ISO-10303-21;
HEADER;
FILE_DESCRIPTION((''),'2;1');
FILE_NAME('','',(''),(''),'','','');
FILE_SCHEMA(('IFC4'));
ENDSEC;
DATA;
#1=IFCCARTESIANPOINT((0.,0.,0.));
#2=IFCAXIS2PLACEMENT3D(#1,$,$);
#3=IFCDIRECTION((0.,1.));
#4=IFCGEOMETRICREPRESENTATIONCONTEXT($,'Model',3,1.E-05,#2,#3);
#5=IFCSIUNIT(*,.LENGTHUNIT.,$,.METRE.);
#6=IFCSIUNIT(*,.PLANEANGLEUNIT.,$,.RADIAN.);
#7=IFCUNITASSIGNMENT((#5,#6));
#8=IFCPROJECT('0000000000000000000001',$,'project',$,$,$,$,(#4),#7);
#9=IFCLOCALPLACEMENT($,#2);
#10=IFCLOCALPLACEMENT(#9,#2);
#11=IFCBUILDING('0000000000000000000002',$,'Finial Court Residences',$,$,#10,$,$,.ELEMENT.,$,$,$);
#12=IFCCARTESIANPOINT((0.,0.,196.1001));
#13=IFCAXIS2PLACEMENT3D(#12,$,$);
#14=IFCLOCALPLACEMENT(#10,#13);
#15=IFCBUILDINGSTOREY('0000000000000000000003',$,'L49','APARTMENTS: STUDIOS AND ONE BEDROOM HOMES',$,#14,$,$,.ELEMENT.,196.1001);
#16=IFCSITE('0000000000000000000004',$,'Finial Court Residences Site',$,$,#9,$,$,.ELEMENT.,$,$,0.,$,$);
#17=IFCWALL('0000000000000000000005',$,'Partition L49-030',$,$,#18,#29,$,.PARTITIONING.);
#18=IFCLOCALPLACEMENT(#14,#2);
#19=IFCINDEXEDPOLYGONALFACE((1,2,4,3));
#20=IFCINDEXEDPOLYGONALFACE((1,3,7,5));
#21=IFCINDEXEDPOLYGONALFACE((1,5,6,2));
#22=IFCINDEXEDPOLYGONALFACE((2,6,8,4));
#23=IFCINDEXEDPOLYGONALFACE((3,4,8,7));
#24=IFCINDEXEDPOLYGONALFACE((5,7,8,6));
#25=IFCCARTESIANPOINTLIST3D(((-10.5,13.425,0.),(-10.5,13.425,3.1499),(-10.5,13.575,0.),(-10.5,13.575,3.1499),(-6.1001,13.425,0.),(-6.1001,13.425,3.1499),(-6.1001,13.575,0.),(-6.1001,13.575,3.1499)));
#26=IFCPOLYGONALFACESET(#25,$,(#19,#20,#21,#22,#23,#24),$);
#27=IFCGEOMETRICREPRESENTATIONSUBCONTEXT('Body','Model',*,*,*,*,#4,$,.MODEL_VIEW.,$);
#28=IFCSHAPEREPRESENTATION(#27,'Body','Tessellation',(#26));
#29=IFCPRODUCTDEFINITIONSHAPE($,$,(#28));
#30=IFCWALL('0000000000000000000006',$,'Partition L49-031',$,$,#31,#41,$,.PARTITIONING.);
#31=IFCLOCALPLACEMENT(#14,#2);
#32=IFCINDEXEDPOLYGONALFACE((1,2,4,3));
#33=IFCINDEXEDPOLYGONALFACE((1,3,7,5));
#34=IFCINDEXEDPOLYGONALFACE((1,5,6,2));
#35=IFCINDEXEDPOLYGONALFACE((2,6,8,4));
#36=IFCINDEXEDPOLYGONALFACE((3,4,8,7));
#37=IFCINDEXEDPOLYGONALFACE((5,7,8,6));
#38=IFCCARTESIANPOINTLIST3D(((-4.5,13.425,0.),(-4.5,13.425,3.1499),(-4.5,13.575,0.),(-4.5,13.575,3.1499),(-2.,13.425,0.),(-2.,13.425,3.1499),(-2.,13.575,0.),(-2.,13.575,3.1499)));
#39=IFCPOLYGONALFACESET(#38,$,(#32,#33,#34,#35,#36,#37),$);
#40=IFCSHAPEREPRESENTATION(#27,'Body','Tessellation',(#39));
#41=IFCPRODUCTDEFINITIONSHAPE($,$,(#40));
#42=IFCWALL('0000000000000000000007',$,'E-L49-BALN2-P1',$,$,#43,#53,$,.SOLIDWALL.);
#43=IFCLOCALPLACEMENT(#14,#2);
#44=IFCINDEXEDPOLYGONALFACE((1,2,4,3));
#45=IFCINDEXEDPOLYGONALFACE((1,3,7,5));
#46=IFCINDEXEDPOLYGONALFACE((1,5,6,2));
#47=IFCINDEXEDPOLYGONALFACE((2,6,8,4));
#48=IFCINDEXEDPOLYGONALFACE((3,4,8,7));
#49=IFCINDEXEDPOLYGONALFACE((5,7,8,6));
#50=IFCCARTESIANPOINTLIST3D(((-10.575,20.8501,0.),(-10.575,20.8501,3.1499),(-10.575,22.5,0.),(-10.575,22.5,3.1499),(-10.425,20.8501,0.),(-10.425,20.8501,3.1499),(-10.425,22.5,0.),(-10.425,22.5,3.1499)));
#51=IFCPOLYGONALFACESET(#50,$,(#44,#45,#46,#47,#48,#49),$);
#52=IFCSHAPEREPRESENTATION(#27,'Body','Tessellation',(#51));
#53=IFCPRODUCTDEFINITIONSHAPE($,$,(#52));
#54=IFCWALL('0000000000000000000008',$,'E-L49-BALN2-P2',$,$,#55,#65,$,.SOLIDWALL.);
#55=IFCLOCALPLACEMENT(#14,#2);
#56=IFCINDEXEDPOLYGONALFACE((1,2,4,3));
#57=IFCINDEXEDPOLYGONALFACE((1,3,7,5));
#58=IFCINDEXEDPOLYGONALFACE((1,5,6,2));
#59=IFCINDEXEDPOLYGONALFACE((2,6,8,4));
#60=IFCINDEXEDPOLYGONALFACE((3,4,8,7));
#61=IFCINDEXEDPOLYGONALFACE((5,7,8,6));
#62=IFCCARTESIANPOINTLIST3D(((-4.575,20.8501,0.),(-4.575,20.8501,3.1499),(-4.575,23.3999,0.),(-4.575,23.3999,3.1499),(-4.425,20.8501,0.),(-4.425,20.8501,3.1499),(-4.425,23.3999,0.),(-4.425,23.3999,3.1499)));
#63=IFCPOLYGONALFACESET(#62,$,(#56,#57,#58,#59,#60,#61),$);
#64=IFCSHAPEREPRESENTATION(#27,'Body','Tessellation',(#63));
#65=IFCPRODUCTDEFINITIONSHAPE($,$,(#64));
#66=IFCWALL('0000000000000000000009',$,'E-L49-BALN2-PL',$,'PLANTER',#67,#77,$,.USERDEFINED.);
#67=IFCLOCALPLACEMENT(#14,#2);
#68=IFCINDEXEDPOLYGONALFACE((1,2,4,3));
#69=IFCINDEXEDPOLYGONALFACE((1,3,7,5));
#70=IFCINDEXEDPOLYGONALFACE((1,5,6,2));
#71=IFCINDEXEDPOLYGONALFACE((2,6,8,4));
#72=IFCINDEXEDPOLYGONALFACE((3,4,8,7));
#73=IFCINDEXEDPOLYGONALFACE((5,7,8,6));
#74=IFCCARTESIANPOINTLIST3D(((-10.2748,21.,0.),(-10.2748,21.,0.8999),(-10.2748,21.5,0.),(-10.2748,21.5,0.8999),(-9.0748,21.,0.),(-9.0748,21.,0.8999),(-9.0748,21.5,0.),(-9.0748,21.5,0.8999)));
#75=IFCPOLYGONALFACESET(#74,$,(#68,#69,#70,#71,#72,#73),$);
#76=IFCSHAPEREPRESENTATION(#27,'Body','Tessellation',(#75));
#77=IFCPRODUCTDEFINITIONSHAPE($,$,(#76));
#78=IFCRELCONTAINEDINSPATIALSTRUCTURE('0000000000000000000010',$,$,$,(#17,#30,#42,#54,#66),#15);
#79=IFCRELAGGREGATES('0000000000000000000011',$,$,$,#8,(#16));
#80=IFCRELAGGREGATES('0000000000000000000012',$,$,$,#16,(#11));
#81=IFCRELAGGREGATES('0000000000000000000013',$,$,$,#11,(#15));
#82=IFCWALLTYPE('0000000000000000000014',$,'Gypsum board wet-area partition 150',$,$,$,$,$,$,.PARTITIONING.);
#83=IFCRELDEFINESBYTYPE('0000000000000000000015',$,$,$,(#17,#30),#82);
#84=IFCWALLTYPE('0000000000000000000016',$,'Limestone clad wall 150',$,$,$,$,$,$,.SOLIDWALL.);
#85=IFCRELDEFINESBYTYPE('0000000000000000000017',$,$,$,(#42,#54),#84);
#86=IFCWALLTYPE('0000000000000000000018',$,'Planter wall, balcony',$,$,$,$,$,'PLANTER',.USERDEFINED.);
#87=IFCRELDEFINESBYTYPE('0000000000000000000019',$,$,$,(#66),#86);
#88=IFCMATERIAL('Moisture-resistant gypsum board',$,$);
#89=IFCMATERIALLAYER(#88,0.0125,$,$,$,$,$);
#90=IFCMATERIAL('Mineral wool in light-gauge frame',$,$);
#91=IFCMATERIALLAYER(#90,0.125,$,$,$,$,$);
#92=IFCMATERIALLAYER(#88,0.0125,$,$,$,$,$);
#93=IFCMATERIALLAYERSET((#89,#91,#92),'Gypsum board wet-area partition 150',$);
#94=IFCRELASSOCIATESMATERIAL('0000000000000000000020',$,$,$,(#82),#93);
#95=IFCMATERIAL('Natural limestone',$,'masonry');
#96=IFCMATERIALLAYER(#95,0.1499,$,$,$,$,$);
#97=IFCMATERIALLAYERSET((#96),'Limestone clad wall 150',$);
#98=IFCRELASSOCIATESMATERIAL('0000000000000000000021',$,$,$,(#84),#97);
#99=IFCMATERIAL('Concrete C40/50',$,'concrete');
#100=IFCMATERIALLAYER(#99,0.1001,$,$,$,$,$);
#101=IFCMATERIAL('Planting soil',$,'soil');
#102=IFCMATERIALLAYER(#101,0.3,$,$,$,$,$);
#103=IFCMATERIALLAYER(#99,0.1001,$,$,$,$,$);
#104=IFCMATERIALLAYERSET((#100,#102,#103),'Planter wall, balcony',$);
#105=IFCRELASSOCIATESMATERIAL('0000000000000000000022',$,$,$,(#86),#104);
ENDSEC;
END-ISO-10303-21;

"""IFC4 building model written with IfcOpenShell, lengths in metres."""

from ifc_helpers import new_model, si_unit, direction, frame, frame_2d, origin, place, context, subcontext, project, spatial, rectangle, extrude, material, layer, layer_set, type_object, element, save


model = new_model("IFC4")

# Units and contexts
model_context = context("Model", 3, precision=1e-05, world=origin(), true_north=direction((0.0, 1.0)))
body_context = subcontext(model_context, "Body", "Model", "MODEL_VIEW")
ifc_project = project(units=[si_unit("LENGTHUNIT", "METRE"), si_unit("PLANEANGLEUNIT", "RADIAN")], contexts=[model_context])

# Site, building, storey
site_placement = place(None, origin())
site = spatial("IfcSite", under=ifc_project, at=site_placement, Name="Finial Court Residences Site", CompositionType="ELEMENT", RefElevation=0.0)
building_placement = place(site_placement, origin())
building = spatial("IfcBuilding", under=site, at=building_placement, Name="Finial Court Residences", CompositionType="ELEMENT")
storey_placement = place(building_placement, frame((0.0, 0.0, 196.1001)))
storey = spatial("IfcBuildingStorey", under=building, at=storey_placement, Name="L49", Description="APARTMENTS: STUDIOS AND ONE BEDROOM HOMES", CompositionType="ELEMENT", Elevation=196.1001)

# Shared definitions
ifc_material_1 = material(Name="Mineral wool in light-gauge frame")

# Walls
ifc_material_2 = material(Name="Moisture-resistant gypsum board")
ifc_layer_1 = layer(ifc_material_2, 0.0125)
ifc_layer_2 = layer(ifc_material_1, 0.125)
ifc_layer_3 = layer(ifc_material_2, 0.0125)
ifc_layer_set_1 = layer_set([ifc_layer_1, ifc_layer_2, ifc_layer_3], Name="Gypsum board wet-area partition 150")
wall_type_1 = type_object("IfcWallType", Name="Gypsum board wet-area partition 150", PredefinedType="PARTITIONING", material=ifc_layer_set_1)
wall_1_placement = place(storey_placement, frame((-10.5, 13.5, 0.0), z_axis=(0.0, 0.0, 1.0), x_axis=(1.0, 0.0, 0.0)))
element("IfcWall", 1, at=wall_1_placement, inside=storey, type_object=wall_type_1, Name="Partition L49-030", PredefinedType="PARTITIONING", context=body_context, shape_type="SweptSolid", body=[
    extrude(rectangle(XDim=4.3999, YDim=0.1499, at=frame_2d((2.2, 0.0))), origin(), (0.0, 0.0, 1.0), 3.1499),
])
wall_2_placement = place(storey_placement, frame((-4.5, 13.5, 0.0), z_axis=(0.0, 0.0, 1.0), x_axis=(1.0, 0.0, 0.0)))
element("IfcWall", 2, at=wall_2_placement, inside=storey, type_object=wall_type_1, Name="Partition L49-031", PredefinedType="PARTITIONING", context=body_context, shape_type="SweptSolid", body=[
    extrude(rectangle(XDim=2.5, YDim=0.1499, at=frame_2d((1.25, 0.0))), origin(), (0.0, 0.0, 1.0), 3.1499),
])
ifc_material_3 = material(Name="Natural limestone", Category="masonry")
ifc_layer_4 = layer(ifc_material_3, 0.1499)
ifc_layer_set_2 = layer_set([ifc_layer_4], Name="Limestone clad wall 150")
wall_type_2 = type_object("IfcWallType", Name="Limestone clad wall 150", PredefinedType="SOLIDWALL", material=ifc_layer_set_2)
wall_3_placement = place(storey_placement, frame((-10.5, 20.8501, 0.0), z_axis=(0.0, 0.0, 1.0), x_axis=(0.0, 1.0, 0.0)))
element("IfcWall", 3, at=wall_3_placement, inside=storey, type_object=wall_type_2, Name="E-L49-BALN2-P1", PredefinedType="SOLIDWALL", context=body_context, shape_type="SweptSolid", body=[
    extrude(rectangle(XDim=1.6499, YDim=0.1499, at=frame_2d((0.825, 0.0))), origin(), (0.0, 0.0, 1.0), 3.1499),
])
wall_4_placement = place(storey_placement, frame((-4.5, 20.8501, 0.0), z_axis=(0.0, 0.0, 1.0), x_axis=(0.0, 1.0, 0.0)))
element("IfcWall", 4, at=wall_4_placement, inside=storey, type_object=wall_type_2, Name="E-L49-BALN2-P2", PredefinedType="SOLIDWALL", context=body_context, shape_type="SweptSolid", body=[
    extrude(rectangle(XDim=2.5498, YDim=0.1499, at=frame_2d((1.2749, 0.0))), origin(), (0.0, 0.0, 1.0), 3.1499),
])

# Wall
ifc_material_4 = material(Name="Concrete C40/50", Category="concrete")
ifc_layer_5 = layer(ifc_material_4, 0.1001)
ifc_material_5 = material(Name="Planting soil", Category="soil")
ifc_layer_6 = layer(ifc_material_5, 0.3)
ifc_layer_7 = layer(ifc_material_4, 0.1001)
ifc_layer_set_3 = layer_set([ifc_layer_5, ifc_layer_6, ifc_layer_7], Name="Planter wall, balcony")
wall_type_3 = type_object("IfcWallType", Name="Planter wall, balcony", ElementType="PLANTER", PredefinedType="USERDEFINED", material=ifc_layer_set_3)
wall_5_placement = place(storey_placement, frame((-10.2749, 21.25, 0.0), z_axis=(0.0, 0.0, 1.0), x_axis=(1.0, 0.0, 0.0)))
element("IfcWall", 5, at=wall_5_placement, inside=storey, type_object=wall_type_3, Name="E-L49-BALN2-PL", ObjectType="PLANTER", PredefinedType="USERDEFINED", context=body_context, shape_type="SweptSolid", body=[
    extrude(rectangle(XDim=1.2, YDim=0.5, at=frame_2d((0.6001, 0.0))), origin(), (0.0, 0.0, 1.0), 0.8999),
])

save(model, "model.ifc")
